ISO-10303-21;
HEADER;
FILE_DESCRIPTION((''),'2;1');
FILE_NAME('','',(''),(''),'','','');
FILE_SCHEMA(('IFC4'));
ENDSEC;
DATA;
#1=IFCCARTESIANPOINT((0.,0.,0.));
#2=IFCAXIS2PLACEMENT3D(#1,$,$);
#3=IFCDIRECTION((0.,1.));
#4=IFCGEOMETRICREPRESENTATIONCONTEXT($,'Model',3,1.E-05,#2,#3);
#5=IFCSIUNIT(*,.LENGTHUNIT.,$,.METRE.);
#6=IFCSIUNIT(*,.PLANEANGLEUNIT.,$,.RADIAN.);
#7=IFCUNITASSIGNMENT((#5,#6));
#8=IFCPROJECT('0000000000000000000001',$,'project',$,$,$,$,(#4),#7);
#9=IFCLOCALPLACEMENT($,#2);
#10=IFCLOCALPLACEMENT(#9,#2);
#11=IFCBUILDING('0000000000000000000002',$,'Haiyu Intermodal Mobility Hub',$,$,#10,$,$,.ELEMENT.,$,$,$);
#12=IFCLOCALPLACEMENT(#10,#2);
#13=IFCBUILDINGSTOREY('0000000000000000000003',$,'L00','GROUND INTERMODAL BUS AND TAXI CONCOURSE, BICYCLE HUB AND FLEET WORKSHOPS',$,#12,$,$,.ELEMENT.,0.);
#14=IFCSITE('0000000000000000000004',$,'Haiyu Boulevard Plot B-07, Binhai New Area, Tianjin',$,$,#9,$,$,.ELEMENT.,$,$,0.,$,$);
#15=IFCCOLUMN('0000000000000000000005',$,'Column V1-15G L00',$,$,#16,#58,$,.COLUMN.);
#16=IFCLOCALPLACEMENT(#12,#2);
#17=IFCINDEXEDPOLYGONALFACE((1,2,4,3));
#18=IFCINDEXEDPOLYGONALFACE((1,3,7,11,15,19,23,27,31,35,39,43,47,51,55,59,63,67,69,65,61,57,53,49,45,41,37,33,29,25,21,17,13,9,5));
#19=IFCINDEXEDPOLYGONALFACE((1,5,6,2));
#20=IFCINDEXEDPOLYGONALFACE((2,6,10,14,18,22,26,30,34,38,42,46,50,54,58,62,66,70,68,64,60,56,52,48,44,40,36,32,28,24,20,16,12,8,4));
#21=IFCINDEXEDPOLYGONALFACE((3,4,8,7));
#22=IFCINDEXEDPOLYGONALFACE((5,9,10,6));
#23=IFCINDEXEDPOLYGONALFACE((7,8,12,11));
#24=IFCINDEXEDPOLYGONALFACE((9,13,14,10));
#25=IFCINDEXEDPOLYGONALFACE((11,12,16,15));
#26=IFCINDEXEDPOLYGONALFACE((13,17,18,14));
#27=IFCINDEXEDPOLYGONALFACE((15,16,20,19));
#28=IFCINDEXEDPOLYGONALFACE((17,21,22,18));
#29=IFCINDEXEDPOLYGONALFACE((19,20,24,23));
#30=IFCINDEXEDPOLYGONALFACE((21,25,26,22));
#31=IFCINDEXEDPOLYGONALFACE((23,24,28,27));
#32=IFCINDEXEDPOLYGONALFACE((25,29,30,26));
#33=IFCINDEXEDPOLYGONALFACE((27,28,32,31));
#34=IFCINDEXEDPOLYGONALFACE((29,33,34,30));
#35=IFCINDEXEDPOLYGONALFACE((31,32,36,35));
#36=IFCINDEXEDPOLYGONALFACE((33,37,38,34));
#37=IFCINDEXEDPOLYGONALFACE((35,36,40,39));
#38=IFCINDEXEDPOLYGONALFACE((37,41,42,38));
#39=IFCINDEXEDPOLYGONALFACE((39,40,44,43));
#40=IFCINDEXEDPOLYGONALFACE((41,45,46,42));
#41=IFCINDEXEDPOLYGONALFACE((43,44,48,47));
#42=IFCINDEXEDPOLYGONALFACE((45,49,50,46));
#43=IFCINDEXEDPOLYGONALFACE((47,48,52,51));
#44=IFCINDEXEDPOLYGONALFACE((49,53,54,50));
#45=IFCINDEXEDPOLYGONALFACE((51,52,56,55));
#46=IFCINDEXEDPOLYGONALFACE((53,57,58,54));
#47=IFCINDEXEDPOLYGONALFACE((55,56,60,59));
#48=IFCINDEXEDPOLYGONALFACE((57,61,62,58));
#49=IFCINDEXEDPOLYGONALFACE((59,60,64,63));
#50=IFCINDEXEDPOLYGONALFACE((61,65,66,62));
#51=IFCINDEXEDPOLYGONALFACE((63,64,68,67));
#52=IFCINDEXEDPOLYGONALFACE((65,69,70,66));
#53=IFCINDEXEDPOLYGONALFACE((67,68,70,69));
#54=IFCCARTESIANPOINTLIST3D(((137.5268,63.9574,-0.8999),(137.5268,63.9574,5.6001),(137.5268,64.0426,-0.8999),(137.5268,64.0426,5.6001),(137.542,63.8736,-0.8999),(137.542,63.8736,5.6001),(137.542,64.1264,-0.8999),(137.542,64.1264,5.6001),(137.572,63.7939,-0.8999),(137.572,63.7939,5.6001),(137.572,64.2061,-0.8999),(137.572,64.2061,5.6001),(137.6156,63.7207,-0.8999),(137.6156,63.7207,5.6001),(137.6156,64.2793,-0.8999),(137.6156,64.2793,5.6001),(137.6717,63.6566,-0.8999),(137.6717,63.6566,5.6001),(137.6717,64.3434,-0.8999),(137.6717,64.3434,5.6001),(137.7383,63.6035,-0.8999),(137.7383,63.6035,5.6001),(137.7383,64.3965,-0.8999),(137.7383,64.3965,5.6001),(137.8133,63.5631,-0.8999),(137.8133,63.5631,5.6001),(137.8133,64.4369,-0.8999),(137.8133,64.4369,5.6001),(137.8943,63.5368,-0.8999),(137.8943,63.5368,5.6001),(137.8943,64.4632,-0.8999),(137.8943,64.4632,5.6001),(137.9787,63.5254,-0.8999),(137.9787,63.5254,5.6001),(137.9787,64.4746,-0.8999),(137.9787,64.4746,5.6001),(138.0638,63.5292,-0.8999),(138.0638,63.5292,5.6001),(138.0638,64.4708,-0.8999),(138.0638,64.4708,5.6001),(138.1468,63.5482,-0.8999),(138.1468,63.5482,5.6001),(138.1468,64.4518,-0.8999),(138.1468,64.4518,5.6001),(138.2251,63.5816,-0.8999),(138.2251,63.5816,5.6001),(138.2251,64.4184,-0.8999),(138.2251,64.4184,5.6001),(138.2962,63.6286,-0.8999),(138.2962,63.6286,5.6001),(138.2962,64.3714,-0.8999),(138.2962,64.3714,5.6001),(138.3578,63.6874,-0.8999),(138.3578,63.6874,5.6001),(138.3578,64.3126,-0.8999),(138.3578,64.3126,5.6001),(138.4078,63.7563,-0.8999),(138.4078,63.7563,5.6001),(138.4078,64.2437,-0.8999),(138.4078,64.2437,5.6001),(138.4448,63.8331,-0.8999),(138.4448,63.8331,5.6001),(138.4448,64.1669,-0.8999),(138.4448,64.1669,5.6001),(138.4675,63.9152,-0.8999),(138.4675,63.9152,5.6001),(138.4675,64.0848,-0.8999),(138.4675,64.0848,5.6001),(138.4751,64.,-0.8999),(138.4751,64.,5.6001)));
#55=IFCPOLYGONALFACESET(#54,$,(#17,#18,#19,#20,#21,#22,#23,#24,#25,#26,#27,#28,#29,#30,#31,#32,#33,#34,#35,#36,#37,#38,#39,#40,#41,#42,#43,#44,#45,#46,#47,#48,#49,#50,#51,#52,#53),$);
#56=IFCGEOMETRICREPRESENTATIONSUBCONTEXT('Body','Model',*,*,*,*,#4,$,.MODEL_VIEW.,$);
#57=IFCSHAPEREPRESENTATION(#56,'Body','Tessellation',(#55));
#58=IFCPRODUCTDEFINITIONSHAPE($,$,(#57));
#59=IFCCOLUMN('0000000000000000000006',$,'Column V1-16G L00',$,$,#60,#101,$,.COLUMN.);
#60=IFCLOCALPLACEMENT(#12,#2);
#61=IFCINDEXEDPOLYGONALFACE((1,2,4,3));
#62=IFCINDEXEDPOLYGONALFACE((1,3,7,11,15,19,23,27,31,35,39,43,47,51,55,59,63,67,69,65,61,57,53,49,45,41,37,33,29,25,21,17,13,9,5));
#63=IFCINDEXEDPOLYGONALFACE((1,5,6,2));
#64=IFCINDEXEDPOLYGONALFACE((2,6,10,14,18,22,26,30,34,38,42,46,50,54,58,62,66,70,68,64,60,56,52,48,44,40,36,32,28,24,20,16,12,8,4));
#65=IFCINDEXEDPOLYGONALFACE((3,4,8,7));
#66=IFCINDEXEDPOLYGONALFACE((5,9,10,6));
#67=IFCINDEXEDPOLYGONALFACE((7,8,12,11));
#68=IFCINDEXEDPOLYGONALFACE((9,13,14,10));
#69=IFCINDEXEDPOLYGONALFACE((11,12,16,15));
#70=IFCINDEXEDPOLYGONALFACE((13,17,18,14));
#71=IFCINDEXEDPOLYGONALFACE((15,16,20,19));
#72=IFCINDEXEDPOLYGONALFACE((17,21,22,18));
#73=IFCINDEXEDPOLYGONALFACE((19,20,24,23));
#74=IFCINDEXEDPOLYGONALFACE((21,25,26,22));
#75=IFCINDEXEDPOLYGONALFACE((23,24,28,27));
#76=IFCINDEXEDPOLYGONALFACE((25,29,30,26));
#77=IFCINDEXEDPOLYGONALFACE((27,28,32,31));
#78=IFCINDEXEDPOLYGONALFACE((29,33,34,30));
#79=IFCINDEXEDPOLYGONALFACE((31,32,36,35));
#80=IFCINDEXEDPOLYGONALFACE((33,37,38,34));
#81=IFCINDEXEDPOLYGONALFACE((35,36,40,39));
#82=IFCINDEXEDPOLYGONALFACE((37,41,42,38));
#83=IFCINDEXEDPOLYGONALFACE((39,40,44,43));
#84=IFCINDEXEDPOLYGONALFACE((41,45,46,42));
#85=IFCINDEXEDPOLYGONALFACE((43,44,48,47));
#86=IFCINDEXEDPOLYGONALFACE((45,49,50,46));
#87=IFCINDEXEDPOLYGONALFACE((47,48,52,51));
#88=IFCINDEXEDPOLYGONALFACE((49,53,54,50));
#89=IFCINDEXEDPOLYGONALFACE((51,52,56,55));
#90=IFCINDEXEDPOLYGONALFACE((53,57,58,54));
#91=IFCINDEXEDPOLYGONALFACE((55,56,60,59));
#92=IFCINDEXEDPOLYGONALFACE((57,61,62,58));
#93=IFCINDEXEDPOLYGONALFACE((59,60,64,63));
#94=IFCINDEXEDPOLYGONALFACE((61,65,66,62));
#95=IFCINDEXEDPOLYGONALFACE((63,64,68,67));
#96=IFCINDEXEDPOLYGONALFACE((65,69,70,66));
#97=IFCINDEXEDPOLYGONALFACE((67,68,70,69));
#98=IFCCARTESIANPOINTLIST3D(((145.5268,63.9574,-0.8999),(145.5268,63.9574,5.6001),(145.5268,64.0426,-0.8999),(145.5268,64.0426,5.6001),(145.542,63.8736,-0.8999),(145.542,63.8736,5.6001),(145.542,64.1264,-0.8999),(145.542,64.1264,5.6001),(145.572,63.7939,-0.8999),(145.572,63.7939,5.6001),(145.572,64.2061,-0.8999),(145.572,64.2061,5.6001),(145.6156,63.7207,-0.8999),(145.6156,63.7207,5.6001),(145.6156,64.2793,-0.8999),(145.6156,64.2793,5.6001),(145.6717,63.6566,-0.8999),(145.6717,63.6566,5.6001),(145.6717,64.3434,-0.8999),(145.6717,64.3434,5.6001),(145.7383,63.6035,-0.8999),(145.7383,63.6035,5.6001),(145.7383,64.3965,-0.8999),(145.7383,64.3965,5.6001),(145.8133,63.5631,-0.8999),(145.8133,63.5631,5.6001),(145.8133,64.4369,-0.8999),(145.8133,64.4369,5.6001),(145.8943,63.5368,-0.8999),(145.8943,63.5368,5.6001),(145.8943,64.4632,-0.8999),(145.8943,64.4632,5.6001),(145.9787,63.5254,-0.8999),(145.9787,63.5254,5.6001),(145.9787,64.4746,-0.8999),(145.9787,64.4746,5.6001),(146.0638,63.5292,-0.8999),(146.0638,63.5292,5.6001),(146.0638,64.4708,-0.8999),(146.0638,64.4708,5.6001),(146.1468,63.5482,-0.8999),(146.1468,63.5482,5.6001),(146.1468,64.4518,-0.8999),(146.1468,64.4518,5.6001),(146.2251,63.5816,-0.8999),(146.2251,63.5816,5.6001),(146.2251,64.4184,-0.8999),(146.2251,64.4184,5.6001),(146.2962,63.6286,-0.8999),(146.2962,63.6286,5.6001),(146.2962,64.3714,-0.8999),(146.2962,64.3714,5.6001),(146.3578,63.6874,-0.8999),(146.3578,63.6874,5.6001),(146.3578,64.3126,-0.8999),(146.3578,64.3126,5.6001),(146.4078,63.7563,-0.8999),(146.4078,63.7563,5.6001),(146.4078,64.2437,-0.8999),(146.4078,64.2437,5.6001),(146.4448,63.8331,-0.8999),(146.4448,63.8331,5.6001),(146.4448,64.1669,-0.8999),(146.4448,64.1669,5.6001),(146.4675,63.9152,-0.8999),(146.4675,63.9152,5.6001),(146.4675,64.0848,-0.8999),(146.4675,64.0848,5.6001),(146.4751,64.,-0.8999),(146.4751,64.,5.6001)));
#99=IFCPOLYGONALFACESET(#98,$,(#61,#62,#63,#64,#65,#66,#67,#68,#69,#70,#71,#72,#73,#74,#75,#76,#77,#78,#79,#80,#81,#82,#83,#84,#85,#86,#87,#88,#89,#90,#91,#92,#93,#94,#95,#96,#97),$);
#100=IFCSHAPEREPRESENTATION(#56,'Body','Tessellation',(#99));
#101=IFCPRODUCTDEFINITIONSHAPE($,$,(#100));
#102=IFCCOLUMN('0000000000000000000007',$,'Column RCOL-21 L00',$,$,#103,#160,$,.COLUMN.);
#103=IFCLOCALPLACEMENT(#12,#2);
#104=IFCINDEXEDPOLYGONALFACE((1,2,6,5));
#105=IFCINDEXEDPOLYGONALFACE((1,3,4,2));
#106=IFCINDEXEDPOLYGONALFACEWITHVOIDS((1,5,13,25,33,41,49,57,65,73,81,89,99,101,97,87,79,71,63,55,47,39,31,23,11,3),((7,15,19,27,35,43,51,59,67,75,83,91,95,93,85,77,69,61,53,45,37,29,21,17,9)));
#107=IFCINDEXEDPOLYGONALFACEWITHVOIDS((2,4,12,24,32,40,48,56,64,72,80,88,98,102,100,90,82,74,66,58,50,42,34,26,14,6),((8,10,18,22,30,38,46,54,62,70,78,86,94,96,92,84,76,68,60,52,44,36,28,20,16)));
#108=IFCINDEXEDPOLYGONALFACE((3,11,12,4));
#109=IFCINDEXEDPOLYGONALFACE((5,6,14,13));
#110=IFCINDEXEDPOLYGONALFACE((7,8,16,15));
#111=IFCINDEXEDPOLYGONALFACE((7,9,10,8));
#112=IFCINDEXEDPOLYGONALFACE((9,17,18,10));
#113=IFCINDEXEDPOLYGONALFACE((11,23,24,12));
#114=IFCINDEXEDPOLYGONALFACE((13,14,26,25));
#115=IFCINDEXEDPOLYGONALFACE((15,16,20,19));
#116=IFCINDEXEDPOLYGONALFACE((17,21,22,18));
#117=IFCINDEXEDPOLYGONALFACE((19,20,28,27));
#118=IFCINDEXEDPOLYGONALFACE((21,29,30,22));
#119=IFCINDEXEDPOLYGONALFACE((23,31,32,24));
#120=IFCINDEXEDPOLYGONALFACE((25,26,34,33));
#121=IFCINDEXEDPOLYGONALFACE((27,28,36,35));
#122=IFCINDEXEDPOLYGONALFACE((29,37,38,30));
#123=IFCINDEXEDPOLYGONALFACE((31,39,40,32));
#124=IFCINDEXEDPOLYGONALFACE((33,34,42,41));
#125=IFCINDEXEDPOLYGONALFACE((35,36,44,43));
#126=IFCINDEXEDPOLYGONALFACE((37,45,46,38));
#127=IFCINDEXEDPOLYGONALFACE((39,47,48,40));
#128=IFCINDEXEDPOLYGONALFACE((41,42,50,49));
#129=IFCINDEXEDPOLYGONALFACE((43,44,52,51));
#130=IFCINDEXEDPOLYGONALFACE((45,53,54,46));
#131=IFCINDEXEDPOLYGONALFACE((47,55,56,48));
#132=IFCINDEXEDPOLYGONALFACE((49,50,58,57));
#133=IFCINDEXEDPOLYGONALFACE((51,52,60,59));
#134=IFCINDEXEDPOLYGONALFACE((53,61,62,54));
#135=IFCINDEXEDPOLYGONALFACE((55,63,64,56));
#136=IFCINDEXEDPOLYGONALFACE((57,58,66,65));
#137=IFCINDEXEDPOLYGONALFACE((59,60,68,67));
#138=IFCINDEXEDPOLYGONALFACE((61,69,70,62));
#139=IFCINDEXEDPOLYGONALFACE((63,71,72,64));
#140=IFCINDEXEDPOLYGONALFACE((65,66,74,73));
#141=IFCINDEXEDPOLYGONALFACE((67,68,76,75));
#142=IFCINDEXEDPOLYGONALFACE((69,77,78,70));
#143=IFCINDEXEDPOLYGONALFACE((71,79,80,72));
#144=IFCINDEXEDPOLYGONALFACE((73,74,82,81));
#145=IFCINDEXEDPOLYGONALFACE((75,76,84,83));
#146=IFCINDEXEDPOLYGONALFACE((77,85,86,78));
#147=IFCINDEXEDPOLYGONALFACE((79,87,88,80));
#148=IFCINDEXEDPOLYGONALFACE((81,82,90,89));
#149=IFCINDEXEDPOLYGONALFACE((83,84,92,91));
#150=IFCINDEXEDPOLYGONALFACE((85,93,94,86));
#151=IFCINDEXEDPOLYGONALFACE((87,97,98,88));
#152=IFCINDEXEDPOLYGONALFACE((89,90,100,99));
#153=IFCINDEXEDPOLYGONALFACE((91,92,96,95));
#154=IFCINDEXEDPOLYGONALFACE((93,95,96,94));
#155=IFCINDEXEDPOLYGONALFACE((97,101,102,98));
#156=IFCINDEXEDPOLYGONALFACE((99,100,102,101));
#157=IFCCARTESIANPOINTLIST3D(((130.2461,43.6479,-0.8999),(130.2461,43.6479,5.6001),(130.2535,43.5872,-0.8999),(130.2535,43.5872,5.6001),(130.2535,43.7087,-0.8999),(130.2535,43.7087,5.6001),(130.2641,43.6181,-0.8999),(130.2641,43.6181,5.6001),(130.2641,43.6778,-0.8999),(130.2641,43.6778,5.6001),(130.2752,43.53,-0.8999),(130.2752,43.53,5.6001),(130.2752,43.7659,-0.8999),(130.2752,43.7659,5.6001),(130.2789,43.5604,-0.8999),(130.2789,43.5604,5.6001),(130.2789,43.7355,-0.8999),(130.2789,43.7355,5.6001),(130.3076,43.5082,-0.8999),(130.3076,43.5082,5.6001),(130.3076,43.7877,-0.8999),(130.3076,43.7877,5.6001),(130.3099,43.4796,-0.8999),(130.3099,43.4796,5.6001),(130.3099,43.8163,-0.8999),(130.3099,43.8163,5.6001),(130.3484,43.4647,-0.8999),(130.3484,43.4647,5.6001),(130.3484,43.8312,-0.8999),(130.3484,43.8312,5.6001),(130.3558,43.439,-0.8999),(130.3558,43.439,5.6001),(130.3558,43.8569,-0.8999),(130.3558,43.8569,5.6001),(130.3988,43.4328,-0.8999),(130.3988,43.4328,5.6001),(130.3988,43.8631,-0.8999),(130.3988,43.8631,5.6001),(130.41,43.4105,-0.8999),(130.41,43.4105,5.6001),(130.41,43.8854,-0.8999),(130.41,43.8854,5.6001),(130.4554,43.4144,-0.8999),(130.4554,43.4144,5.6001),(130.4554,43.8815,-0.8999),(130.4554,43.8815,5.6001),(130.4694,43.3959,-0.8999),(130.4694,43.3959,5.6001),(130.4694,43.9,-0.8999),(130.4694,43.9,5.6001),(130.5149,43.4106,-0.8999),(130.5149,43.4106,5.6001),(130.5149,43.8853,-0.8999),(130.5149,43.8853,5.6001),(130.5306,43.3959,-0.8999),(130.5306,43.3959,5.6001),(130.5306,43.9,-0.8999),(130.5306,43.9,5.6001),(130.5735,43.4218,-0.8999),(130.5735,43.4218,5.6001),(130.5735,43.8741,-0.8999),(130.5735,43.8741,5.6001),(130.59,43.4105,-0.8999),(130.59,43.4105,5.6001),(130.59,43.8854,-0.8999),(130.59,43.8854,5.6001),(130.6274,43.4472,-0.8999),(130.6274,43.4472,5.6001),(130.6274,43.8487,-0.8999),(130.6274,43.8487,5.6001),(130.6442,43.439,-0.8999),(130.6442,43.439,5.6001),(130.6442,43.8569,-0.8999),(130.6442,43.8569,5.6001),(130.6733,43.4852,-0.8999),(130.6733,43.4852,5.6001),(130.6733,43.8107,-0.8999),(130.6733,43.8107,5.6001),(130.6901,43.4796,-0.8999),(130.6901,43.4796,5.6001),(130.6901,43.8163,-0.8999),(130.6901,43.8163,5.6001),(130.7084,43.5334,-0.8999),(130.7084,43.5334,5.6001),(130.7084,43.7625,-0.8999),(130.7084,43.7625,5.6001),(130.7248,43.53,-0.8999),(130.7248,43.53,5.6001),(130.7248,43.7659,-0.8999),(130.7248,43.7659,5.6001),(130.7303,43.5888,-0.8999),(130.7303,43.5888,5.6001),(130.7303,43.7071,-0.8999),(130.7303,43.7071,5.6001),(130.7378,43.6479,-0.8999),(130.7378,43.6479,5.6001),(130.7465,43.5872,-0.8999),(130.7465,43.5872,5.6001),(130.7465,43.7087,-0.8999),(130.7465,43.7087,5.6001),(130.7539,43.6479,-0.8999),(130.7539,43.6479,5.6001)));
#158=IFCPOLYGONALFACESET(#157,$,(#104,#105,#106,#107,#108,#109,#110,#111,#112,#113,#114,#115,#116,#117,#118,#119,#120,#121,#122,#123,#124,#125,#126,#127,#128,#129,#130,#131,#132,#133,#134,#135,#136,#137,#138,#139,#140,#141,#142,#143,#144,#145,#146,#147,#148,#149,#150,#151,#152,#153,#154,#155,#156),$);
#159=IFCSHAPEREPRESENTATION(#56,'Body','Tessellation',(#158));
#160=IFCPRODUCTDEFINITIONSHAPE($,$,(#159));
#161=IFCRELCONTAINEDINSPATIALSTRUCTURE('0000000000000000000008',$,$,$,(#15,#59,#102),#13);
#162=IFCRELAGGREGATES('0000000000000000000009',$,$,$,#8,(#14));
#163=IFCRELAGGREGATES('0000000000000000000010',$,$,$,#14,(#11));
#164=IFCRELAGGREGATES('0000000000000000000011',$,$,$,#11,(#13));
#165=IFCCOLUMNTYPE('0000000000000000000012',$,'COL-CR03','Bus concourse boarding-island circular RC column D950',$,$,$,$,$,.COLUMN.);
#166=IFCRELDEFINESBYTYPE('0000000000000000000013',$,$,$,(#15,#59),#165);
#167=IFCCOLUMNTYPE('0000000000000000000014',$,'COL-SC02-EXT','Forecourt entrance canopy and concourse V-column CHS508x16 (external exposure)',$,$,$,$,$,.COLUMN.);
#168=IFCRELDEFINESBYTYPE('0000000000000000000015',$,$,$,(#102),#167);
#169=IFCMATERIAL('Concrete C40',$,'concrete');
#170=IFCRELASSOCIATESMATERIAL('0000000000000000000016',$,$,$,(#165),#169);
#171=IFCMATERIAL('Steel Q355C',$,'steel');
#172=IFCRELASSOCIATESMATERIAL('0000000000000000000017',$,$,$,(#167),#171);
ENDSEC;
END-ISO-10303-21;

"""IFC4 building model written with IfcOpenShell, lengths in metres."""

from ifc_helpers import new_model, si_unit, direction, frame, origin, origin_2d, place, context, subcontext, project, spatial, circle, hollow_circle, extrude, material, material_profile, profile_set, type_object, element, save


model = new_model("IFC4")

# Units and contexts
model_context = context("Model", 3, precision=1e-05, world=origin(), true_north=direction((0.0, 1.0)))
body_context = subcontext(model_context, "Body", "Model", "MODEL_VIEW")
ifc_project = project(units=[si_unit("LENGTHUNIT", "METRE"), si_unit("PLANEANGLEUNIT", "RADIAN")], contexts=[model_context])

# Site, building, storey
site_placement = place(None, origin())
site = spatial("IfcSite", under=ifc_project, at=site_placement, Name="Haiyu Boulevard Plot B-07, Binhai New Area, Tianjin", CompositionType="ELEMENT", RefElevation=0.0)
building_placement = place(site_placement, origin())
building = spatial("IfcBuilding", under=site, at=building_placement, Name="Haiyu Intermodal Mobility Hub", CompositionType="ELEMENT")
storey_placement = place(building_placement, origin())
storey = spatial("IfcBuildingStorey", under=building, at=storey_placement, Name="L00", Description="GROUND INTERMODAL BUS AND TAXI CONCOURSE, BICYCLE HUB AND FLEET WORKSHOPS", CompositionType="ELEMENT", Elevation=0.0)

# Shared definitions
ifc_material_1 = material(Name="Concrete C40", Category="concrete")

# Columns
ifc_material_profile_1 = material_profile(ifc_material_1, circle(Radius=0.4751, at=origin_2d()), Name="RCCOL-D950")
ifc_profile_set_1 = profile_set([ifc_material_profile_1], Name="Concrete C40")
column_type_1 = type_object("IfcColumnType", Name="COL-CR03", Description="Bus concourse boarding-island circular RC column D950", PredefinedType="COLUMN", material=ifc_profile_set_1)
for number, where, z_axis, x_axis, name in (
    (1, (138.0, 64.0, -0.8999), (0.0, 0.0, 1.0), (1.0, 0.0, 0.0), "Column V1-15G L00"),
    (2, (146.0, 64.0, -0.8999), (0.0, 0.0, 1.0), (1.0, 0.0, 0.0), "Column V1-16G L00"),
):
    element("IfcColumn", number, at=place(storey_placement, frame(where, z_axis=z_axis, x_axis=x_axis)), inside=storey, type_object=column_type_1, Name=name, PredefinedType="COLUMN", context=body_context, shape_type="SweptSolid", body=[
        extrude(circle(Radius=0.4751, at=origin_2d()), origin(), (0.0, 0.0, 1.0), 6.5),
    ])
ifc_material_2 = material(Name="Steel Q355C", Category="steel")
ifc_material_profile_2 = material_profile(ifc_material_2, hollow_circle(Radius=0.2539, WallThickness=0.0161, at=origin_2d()), Name="CHS508x16")
ifc_profile_set_2 = profile_set([ifc_material_profile_2], Name="Steel Q355C")
column_type_2 = type_object("IfcColumnType", Name="COL-SC02-EXT", Description="Forecourt entrance canopy and concourse V-column CHS508x16 (external exposure)", PredefinedType="COLUMN", material=ifc_profile_set_2)
for number, where, z_axis, x_axis, name in (
    (3, (130.5, 43.6479, -0.8999), (0.0, 0.0, 1.0), (1.0, 0.0, 0.0), "Column RCOL-21 L00"),
):
    element("IfcColumn", number, at=place(storey_placement, frame(where, z_axis=z_axis, x_axis=x_axis)), inside=storey, type_object=column_type_2, Name=name, PredefinedType="COLUMN", context=body_context, shape_type="SweptSolid", body=[
        extrude(hollow_circle(Radius=0.2539, WallThickness=0.0161, at=origin_2d()), origin(), (0.0, 0.0, 1.0), 6.5),
    ])

save(model, "model.ifc")
